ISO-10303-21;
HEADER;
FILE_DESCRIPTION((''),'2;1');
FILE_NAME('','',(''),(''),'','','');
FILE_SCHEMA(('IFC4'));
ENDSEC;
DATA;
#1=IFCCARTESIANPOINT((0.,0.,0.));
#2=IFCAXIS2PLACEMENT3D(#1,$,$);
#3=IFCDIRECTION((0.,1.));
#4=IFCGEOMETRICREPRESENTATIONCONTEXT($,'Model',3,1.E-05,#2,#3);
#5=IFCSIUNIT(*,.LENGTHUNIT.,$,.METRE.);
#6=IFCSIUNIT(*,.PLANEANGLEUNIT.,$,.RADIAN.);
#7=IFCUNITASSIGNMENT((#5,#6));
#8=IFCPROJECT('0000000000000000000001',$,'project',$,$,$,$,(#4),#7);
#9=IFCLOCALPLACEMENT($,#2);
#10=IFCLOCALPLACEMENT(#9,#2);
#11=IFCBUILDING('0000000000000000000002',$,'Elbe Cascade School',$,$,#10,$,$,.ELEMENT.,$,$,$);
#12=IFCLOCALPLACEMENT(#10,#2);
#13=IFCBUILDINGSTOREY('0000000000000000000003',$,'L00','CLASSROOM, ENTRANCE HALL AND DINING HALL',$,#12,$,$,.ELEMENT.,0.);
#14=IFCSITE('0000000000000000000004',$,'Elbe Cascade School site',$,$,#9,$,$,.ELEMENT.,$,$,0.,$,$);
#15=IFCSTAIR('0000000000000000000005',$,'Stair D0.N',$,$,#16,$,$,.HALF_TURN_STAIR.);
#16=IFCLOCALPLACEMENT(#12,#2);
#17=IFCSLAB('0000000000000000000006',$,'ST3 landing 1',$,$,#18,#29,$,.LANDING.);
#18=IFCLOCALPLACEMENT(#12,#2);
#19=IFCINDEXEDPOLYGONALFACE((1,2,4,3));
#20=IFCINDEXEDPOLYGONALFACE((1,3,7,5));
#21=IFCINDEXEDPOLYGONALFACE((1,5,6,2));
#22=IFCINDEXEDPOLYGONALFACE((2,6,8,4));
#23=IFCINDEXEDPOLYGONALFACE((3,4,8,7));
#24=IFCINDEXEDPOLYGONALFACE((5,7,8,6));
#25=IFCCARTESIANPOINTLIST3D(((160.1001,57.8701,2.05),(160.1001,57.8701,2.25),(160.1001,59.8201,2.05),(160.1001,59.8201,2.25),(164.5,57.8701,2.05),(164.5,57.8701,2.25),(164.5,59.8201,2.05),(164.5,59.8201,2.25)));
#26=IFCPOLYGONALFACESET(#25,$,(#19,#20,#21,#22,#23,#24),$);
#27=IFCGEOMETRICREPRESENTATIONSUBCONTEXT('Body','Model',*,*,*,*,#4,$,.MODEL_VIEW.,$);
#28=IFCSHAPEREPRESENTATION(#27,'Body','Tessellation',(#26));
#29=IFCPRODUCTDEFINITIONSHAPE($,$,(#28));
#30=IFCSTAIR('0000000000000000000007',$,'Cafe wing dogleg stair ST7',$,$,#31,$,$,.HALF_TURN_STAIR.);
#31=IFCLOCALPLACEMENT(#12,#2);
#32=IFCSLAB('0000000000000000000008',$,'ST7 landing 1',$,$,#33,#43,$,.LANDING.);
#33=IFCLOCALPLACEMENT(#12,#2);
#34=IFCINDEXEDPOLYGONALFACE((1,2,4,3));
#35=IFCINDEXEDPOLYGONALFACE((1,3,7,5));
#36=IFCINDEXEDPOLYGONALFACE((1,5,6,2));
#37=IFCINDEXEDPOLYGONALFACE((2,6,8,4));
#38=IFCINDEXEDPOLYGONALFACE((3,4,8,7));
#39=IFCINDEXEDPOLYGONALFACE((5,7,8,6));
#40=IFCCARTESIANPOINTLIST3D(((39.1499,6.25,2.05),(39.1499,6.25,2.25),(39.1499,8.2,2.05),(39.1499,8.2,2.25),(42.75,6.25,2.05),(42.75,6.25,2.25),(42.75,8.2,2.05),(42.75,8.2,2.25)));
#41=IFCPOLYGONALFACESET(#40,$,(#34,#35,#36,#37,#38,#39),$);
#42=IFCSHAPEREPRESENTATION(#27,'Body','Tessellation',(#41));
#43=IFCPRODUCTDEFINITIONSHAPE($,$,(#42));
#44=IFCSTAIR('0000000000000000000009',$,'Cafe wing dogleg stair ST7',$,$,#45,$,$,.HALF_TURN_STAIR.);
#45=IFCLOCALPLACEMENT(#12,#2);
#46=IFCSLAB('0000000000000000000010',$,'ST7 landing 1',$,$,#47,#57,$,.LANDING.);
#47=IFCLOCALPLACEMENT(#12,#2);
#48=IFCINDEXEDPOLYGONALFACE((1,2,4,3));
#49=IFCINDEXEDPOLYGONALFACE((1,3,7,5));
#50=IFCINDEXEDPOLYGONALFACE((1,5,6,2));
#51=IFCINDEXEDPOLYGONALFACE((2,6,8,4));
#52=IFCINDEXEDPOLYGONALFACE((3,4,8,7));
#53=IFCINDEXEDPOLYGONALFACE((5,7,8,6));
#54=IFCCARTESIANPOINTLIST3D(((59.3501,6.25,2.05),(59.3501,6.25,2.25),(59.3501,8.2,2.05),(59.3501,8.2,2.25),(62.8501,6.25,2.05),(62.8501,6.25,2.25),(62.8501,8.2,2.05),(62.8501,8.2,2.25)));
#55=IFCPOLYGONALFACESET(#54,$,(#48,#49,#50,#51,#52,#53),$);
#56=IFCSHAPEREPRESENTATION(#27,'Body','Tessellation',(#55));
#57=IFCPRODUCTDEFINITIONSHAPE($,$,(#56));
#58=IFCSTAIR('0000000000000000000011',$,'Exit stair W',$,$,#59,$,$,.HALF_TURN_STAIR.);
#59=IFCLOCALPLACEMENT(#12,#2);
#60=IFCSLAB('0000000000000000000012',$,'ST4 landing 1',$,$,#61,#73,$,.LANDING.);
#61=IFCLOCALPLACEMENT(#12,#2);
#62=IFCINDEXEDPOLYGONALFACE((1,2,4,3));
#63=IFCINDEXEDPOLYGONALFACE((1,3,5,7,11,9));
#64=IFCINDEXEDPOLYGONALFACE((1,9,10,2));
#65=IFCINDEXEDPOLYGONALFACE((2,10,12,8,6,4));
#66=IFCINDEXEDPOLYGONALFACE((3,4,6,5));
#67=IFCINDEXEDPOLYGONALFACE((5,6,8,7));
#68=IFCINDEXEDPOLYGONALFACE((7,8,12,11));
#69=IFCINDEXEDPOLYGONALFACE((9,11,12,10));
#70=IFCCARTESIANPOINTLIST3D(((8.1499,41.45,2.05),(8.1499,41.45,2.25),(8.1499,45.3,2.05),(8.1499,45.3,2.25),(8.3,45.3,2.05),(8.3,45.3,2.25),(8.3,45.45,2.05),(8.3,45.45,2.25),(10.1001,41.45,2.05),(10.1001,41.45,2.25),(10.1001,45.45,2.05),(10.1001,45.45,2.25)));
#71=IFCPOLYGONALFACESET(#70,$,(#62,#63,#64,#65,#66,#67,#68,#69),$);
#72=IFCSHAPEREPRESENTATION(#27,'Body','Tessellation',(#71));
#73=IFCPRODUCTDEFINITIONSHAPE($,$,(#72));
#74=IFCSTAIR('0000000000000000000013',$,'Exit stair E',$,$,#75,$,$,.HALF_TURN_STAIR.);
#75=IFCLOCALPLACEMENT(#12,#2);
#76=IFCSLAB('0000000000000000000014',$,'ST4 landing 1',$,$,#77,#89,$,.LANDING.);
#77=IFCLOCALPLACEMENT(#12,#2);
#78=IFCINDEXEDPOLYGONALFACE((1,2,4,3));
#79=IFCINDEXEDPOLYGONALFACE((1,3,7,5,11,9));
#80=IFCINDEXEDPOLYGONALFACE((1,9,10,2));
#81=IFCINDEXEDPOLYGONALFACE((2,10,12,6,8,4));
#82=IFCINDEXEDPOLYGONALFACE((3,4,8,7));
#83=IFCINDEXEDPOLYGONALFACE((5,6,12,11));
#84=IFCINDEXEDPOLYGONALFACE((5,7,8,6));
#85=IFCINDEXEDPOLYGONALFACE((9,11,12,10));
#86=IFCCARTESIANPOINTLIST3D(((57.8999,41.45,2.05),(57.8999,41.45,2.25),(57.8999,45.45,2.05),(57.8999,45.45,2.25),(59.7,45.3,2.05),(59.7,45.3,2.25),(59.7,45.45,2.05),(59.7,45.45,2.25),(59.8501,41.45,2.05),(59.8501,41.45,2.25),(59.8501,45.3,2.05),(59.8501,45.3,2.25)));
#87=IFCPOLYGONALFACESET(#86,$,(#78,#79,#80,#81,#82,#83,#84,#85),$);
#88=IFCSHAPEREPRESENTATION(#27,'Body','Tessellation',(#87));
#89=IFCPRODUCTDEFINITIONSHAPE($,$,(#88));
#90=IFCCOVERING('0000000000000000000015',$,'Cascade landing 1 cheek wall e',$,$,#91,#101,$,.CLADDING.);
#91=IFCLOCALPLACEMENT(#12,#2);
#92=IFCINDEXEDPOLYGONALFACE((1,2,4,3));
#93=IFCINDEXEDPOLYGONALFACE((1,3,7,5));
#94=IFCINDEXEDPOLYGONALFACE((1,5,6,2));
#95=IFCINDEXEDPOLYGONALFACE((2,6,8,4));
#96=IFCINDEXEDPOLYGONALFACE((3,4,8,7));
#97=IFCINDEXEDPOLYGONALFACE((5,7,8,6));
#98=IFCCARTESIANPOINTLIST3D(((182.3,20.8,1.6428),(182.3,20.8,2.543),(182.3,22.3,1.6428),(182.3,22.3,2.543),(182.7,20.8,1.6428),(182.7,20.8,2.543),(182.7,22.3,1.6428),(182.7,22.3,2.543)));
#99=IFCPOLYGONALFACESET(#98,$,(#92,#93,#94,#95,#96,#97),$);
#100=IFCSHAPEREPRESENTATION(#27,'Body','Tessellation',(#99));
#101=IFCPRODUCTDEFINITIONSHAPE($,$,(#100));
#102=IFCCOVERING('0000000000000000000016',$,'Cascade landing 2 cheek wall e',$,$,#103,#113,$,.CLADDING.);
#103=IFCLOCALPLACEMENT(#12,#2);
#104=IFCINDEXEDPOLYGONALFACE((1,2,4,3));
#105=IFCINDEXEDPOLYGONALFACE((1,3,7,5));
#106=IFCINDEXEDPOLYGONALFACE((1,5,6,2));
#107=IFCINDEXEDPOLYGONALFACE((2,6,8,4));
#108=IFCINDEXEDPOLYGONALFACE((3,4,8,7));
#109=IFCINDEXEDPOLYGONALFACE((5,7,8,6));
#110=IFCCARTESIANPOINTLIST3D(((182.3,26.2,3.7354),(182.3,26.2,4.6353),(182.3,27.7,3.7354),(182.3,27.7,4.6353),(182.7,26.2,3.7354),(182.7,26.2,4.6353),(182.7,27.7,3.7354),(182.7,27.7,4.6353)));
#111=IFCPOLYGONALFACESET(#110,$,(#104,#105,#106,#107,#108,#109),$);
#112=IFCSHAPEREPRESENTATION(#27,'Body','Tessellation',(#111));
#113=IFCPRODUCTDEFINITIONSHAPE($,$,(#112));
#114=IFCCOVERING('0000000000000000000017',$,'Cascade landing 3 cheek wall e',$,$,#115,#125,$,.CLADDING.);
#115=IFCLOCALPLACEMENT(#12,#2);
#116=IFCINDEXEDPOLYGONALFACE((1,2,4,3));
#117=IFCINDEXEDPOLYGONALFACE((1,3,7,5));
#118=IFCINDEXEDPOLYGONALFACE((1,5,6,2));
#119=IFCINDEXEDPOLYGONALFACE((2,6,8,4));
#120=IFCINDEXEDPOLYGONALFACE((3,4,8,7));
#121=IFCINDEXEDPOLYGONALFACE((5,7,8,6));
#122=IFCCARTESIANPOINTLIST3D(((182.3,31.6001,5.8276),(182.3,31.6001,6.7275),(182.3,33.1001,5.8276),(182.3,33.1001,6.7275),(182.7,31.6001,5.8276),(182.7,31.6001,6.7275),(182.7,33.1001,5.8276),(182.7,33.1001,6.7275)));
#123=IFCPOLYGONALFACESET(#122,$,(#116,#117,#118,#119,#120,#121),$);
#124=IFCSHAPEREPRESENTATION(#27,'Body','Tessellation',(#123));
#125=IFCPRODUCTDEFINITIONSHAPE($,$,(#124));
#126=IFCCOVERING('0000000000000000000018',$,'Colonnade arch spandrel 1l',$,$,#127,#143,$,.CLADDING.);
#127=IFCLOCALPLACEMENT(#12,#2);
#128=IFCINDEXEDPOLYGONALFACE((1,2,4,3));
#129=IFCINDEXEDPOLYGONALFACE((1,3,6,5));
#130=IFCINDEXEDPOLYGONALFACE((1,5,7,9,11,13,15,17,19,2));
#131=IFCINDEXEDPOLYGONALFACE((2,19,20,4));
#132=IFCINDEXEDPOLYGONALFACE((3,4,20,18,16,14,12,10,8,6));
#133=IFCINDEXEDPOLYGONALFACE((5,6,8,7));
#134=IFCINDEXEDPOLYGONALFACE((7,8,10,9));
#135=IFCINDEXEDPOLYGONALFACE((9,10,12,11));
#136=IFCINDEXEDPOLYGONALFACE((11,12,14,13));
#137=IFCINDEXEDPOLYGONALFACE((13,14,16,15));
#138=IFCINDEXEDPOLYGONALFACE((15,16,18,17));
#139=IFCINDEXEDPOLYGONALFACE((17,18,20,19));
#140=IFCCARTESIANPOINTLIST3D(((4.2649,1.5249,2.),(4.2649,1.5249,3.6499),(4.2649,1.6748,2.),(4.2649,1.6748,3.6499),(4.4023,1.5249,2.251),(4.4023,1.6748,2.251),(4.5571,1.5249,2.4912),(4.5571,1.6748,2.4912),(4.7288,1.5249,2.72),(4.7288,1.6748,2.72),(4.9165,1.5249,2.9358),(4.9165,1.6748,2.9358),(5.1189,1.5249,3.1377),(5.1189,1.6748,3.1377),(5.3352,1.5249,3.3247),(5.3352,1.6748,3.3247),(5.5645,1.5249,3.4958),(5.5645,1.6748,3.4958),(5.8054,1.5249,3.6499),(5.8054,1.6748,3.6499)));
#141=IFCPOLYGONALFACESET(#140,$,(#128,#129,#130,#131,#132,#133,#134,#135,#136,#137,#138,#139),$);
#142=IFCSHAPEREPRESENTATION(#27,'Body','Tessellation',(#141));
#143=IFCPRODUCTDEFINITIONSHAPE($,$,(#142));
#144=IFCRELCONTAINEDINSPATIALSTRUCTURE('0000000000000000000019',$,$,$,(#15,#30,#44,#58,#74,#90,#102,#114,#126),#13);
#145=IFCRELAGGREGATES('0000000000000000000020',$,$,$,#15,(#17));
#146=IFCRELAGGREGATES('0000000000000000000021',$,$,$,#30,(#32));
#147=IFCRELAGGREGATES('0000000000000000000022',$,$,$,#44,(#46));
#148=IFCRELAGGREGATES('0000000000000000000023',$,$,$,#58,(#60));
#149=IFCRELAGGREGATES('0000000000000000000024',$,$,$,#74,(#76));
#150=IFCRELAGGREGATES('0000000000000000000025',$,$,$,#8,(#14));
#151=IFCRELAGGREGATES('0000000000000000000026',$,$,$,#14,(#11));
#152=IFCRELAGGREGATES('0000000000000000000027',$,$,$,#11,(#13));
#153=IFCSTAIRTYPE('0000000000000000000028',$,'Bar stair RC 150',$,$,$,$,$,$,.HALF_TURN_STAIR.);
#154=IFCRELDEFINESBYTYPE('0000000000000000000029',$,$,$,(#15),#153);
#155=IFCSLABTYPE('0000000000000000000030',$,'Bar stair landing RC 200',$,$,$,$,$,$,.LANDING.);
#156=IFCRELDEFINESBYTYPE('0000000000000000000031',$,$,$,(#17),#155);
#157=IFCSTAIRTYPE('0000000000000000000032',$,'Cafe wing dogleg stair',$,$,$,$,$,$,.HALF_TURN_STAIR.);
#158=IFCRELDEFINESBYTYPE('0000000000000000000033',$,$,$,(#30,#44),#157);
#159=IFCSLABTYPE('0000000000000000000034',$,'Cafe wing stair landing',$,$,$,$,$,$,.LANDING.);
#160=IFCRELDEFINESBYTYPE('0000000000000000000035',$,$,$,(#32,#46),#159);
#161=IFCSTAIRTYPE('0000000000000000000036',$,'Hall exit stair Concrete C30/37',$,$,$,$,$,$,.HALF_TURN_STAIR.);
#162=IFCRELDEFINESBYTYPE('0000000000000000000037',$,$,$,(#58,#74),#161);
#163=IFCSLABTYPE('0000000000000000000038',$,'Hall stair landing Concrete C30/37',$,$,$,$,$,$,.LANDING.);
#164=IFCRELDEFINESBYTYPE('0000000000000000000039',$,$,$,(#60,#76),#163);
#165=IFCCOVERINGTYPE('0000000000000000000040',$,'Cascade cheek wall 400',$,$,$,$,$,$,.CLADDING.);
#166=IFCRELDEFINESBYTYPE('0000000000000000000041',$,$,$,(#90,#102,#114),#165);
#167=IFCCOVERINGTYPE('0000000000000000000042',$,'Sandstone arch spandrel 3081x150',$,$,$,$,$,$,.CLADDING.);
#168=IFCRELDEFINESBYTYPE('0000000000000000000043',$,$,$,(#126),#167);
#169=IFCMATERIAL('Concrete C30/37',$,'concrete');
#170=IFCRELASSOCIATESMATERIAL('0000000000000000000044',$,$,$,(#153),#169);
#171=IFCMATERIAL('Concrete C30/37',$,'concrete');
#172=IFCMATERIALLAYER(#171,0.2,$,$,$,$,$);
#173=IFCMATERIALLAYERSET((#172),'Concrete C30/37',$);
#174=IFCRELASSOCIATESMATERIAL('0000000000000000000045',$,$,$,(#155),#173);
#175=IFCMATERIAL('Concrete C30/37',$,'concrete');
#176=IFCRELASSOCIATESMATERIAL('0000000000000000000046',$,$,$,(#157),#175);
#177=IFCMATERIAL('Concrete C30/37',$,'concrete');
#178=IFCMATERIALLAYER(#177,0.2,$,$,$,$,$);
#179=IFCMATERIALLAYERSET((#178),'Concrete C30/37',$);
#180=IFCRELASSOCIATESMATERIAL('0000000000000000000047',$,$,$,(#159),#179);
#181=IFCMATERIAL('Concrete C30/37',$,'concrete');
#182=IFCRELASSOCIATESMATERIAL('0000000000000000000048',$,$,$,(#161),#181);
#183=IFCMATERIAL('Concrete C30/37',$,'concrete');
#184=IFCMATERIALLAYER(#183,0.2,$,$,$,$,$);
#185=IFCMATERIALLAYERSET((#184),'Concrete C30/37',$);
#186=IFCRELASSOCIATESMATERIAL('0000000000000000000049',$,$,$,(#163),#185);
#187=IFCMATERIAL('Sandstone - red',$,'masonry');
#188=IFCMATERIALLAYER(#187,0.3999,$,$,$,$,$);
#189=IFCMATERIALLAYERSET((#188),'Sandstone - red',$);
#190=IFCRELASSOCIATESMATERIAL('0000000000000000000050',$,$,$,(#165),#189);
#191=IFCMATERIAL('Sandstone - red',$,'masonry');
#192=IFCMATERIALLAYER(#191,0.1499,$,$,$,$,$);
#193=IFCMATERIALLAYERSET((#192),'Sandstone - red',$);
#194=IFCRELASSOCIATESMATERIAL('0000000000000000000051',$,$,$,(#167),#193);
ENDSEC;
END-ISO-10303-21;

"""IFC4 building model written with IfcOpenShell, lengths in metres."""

from ifc_helpers import new_model, si_unit, direction, frame, origin, place, context, subcontext, project, spatial, polyline, outline, extrude, material, layer, layer_set, type_object, element, aggregate, save


model = new_model("IFC4")

# Units and contexts
model_context = context("Model", 3, precision=1e-05, world=origin(), true_north=direction((0.0, 1.0)))
body_context = subcontext(model_context, "Body", "Model", "MODEL_VIEW")
ifc_project = project(units=[si_unit("LENGTHUNIT", "METRE"), si_unit("PLANEANGLEUNIT", "RADIAN")], contexts=[model_context])

# Site, building, storey
site_placement = place(None, origin())
site = spatial("IfcSite", under=ifc_project, at=site_placement, Name="Elbe Cascade School site", CompositionType="ELEMENT", RefElevation=0.0)
building_placement = place(site_placement, origin())
building = spatial("IfcBuilding", under=site, at=building_placement, Name="Elbe Cascade School", CompositionType="ELEMENT")
storey_placement = place(building_placement, origin())
storey = spatial("IfcBuildingStorey", under=building, at=storey_placement, Name="L00", Description="CLASSROOM, ENTRANCE HALL AND DINING HALL", CompositionType="ELEMENT", Elevation=0.0)

# Stairs, slabs
ifc_material_1 = material(Name="Concrete C30/37", Category="concrete")
stair_type_1 = type_object("IfcStairType", Name="Bar stair RC 150", PredefinedType="HALF_TURN_STAIR", material=ifc_material_1)
ifc_material_2 = material(Name="Concrete C30/37", Category="concrete")
ifc_layer_1 = layer(ifc_material_2, 0.2)
ifc_layer_set_1 = layer_set([ifc_layer_1], Name="Concrete C30/37")
slab_type_1 = type_object("IfcSlabType", Name="Bar stair landing RC 200", PredefinedType="LANDING", material=ifc_layer_set_1)
stair_1_placement = place(storey_placement, origin())
stair_1 = element("IfcStair", 1, at=stair_1_placement, inside=storey, type_object=stair_type_1, Name="Stair D0.N", PredefinedType="HALF_TURN_STAIR")
slab_1_placement = place(storey_placement, frame((0.0, 0.0, 2.05)))
slab_1 = element("IfcSlab", 2, at=slab_1_placement, type_object=slab_type_1, Name="ST3 landing 1", PredefinedType="LANDING", context=body_context, shape_type="SweptSolid", body=[
    extrude(outline(polyline([(160.1001, 57.8701), (164.5, 57.8701), (164.5, 59.8201), (160.1001, 59.8201), (160.1001, 57.8701)])), origin(), (0.0, 0.0, 1.0), 0.2),
])
aggregate(stair_1, [slab_1])
ifc_material_3 = material(Name="Concrete C30/37", Category="concrete")
stair_type_2 = type_object("IfcStairType", Name="Cafe wing dogleg stair", PredefinedType="HALF_TURN_STAIR", material=ifc_material_3)
stair_2_placement = place(storey_placement, origin())
stair_2 = element("IfcStair", 3, at=stair_2_placement, inside=storey, type_object=stair_type_2, Name="Cafe wing dogleg stair ST7", PredefinedType="HALF_TURN_STAIR")
ifc_material_4 = material(Name="Concrete C30/37", Category="concrete")
ifc_layer_2 = layer(ifc_material_4, 0.2)
ifc_layer_set_2 = layer_set([ifc_layer_2], Name="Concrete C30/37")
slab_type_2 = type_object("IfcSlabType", Name="Cafe wing stair landing", PredefinedType="LANDING", material=ifc_layer_set_2)
slab_2_placement = place(storey_placement, frame((0.0, 0.0, 2.05)))
slab_2 = element("IfcSlab", 4, at=slab_2_placement, type_object=slab_type_2, Name="ST7 landing 1", PredefinedType="LANDING", context=body_context, shape_type="SweptSolid", body=[
    extrude(outline(polyline([(39.1499, 6.25), (42.75, 6.25), (42.75, 8.2), (39.1499, 8.2), (39.1499, 6.25)])), origin(), (0.0, 0.0, 1.0), 0.2),
])
aggregate(stair_2, [slab_2])
stair_3_placement = place(storey_placement, origin())
stair_3 = element("IfcStair", 5, at=stair_3_placement, inside=storey, type_object=stair_type_2, Name="Cafe wing dogleg stair ST7", PredefinedType="HALF_TURN_STAIR")
slab_3_placement = place(storey_placement, frame((0.0, 0.0, 2.05)))
slab_3 = element("IfcSlab", 6, at=slab_3_placement, type_object=slab_type_2, Name="ST7 landing 1", PredefinedType="LANDING", context=body_context, shape_type="SweptSolid", body=[
    extrude(outline(polyline([(59.3501, 6.25), (62.8501, 6.25), (62.8501, 8.2), (59.3501, 8.2), (59.3501, 6.25)])), origin(), (0.0, 0.0, 1.0), 0.2),
])
aggregate(stair_3, [slab_3])
ifc_material_5 = material(Name="Concrete C30/37", Category="concrete")
stair_type_3 = type_object("IfcStairType", Name="Hall exit stair Concrete C30/37", PredefinedType="HALF_TURN_STAIR", material=ifc_material_5)
stair_4_placement = place(storey_placement, origin())
stair_4 = element("IfcStair", 7, at=stair_4_placement, inside=storey, type_object=stair_type_3, Name="Exit stair W", PredefinedType="HALF_TURN_STAIR")
ifc_material_6 = material(Name="Concrete C30/37", Category="concrete")
ifc_layer_3 = layer(ifc_material_6, 0.2)
ifc_layer_set_3 = layer_set([ifc_layer_3], Name="Concrete C30/37")
slab_type_3 = type_object("IfcSlabType", Name="Hall stair landing Concrete C30/37", PredefinedType="LANDING", material=ifc_layer_set_3)
slab_4_placement = place(storey_placement, frame((0.0, 0.0, 2.05)))
slab_4 = element("IfcSlab", 8, at=slab_4_placement, type_object=slab_type_3, Name="ST4 landing 1", PredefinedType="LANDING", context=body_context, shape_type="SweptSolid", body=[
    extrude(outline(polyline([(8.1499, 41.45), (10.1001, 41.45), (10.1001, 45.45), (8.3, 45.45), (8.3, 45.3), (8.1499, 45.3), (8.1499, 41.45)])), origin(), (0.0, 0.0, 1.0), 0.2),
])
aggregate(stair_4, [slab_4])
stair_5_placement = place(storey_placement, origin())
stair_5 = element("IfcStair", 9, at=stair_5_placement, inside=storey, type_object=stair_type_3, Name="Exit stair E", PredefinedType="HALF_TURN_STAIR")
slab_5_placement = place(storey_placement, frame((0.0, 0.0, 2.05)))
slab_5 = element("IfcSlab", 10, at=slab_5_placement, type_object=slab_type_3, Name="ST4 landing 1", PredefinedType="LANDING", context=body_context, shape_type="SweptSolid", body=[
    extrude(outline(polyline([(59.8501, 41.45), (57.8999, 41.45), (57.8999, 45.45), (59.7, 45.45), (59.7, 45.3), (59.8501, 45.3), (59.8501, 41.45)])), origin(), (0.0, 0.0, 1.0), 0.2),
])
aggregate(stair_5, [slab_5])

# Coverings
ifc_material_7 = material(Name="Sandstone - red", Category="masonry")
ifc_layer_4 = layer(ifc_material_7, 0.3999)
ifc_layer_set_4 = layer_set([ifc_layer_4], Name="Sandstone - red")
covering_type_1 = type_object("IfcCoveringType", Name="Cascade cheek wall 400", PredefinedType="CLADDING", material=ifc_layer_set_4)
covering_1_placement = place(storey_placement, frame((0.0, 0.0, 1.6428)))
element("IfcCovering", 11, at=covering_1_placement, inside=storey, type_object=covering_type_1, Name="Cascade landing 1 cheek wall e", PredefinedType="CLADDING", context=body_context, shape_type="SweptSolid", body=[
    extrude(outline(polyline([(182.3, 20.8), (182.7, 20.8), (182.7, 22.3), (182.3, 22.3), (182.3, 20.8)])), origin(), (0.0, 0.0, 1.0), 0.9001),
])
covering_2_placement = place(storey_placement, frame((0.0, 0.0, 3.7354)))
element("IfcCovering", 12, at=covering_2_placement, inside=storey, type_object=covering_type_1, Name="Cascade landing 2 cheek wall e", PredefinedType="CLADDING", context=body_context, shape_type="SweptSolid", body=[
    extrude(outline(polyline([(182.3, 26.2), (182.7, 26.2), (182.7, 27.7), (182.3, 27.7), (182.3, 26.2)])), origin(), (0.0, 0.0, 1.0), 0.8999),
])
covering_3_placement = place(storey_placement, frame((0.0, 0.0, 5.8276)))
element("IfcCovering", 13, at=covering_3_placement, inside=storey, type_object=covering_type_1, Name="Cascade landing 3 cheek wall e", PredefinedType="CLADDING", context=body_context, shape_type="SweptSolid", body=[
    extrude(outline(polyline([(182.3, 31.6001), (182.7, 31.6001), (182.7, 33.1001), (182.3, 33.1001), (182.3, 31.6001)])), origin(), (0.0, 0.0, 1.0), 0.8999),
])
ifc_material_8 = material(Name="Sandstone - red", Category="masonry")
ifc_layer_5 = layer(ifc_material_8, 0.1499)
ifc_layer_set_5 = layer_set([ifc_layer_5], Name="Sandstone - red")
covering_type_2 = type_object("IfcCoveringType", Name="Sandstone arch spandrel 3081x150", PredefinedType="CLADDING", material=ifc_layer_set_5)
covering_4_placement = place(storey_placement, frame((4.2649, 1.5249, 3.6499), z_axis=(0.0, -1.0, 0.0), x_axis=(0.0, 0.0, -1.0)))
element("IfcCovering", 14, at=covering_4_placement, inside=storey, type_object=covering_type_2, Name="Colonnade arch spandrel 1l", PredefinedType="CLADDING", context=body_context, shape_type="SweptSolid", body=[
    extrude(outline(polyline([(0.0, 0.0), (1.6499, 0.0), (1.3989, 0.1375), (1.1587, 0.2922), (0.9299, 0.4639), (0.7141, 0.6516), (0.5122, 0.854), (0.3252, 1.0703), (0.1541, 1.2996), (0.0, 1.5405), (0.0, 0.0)])), origin(), (0.0, 0.0, -1.0), 0.1499),
])

save(model, "model.ifc")
